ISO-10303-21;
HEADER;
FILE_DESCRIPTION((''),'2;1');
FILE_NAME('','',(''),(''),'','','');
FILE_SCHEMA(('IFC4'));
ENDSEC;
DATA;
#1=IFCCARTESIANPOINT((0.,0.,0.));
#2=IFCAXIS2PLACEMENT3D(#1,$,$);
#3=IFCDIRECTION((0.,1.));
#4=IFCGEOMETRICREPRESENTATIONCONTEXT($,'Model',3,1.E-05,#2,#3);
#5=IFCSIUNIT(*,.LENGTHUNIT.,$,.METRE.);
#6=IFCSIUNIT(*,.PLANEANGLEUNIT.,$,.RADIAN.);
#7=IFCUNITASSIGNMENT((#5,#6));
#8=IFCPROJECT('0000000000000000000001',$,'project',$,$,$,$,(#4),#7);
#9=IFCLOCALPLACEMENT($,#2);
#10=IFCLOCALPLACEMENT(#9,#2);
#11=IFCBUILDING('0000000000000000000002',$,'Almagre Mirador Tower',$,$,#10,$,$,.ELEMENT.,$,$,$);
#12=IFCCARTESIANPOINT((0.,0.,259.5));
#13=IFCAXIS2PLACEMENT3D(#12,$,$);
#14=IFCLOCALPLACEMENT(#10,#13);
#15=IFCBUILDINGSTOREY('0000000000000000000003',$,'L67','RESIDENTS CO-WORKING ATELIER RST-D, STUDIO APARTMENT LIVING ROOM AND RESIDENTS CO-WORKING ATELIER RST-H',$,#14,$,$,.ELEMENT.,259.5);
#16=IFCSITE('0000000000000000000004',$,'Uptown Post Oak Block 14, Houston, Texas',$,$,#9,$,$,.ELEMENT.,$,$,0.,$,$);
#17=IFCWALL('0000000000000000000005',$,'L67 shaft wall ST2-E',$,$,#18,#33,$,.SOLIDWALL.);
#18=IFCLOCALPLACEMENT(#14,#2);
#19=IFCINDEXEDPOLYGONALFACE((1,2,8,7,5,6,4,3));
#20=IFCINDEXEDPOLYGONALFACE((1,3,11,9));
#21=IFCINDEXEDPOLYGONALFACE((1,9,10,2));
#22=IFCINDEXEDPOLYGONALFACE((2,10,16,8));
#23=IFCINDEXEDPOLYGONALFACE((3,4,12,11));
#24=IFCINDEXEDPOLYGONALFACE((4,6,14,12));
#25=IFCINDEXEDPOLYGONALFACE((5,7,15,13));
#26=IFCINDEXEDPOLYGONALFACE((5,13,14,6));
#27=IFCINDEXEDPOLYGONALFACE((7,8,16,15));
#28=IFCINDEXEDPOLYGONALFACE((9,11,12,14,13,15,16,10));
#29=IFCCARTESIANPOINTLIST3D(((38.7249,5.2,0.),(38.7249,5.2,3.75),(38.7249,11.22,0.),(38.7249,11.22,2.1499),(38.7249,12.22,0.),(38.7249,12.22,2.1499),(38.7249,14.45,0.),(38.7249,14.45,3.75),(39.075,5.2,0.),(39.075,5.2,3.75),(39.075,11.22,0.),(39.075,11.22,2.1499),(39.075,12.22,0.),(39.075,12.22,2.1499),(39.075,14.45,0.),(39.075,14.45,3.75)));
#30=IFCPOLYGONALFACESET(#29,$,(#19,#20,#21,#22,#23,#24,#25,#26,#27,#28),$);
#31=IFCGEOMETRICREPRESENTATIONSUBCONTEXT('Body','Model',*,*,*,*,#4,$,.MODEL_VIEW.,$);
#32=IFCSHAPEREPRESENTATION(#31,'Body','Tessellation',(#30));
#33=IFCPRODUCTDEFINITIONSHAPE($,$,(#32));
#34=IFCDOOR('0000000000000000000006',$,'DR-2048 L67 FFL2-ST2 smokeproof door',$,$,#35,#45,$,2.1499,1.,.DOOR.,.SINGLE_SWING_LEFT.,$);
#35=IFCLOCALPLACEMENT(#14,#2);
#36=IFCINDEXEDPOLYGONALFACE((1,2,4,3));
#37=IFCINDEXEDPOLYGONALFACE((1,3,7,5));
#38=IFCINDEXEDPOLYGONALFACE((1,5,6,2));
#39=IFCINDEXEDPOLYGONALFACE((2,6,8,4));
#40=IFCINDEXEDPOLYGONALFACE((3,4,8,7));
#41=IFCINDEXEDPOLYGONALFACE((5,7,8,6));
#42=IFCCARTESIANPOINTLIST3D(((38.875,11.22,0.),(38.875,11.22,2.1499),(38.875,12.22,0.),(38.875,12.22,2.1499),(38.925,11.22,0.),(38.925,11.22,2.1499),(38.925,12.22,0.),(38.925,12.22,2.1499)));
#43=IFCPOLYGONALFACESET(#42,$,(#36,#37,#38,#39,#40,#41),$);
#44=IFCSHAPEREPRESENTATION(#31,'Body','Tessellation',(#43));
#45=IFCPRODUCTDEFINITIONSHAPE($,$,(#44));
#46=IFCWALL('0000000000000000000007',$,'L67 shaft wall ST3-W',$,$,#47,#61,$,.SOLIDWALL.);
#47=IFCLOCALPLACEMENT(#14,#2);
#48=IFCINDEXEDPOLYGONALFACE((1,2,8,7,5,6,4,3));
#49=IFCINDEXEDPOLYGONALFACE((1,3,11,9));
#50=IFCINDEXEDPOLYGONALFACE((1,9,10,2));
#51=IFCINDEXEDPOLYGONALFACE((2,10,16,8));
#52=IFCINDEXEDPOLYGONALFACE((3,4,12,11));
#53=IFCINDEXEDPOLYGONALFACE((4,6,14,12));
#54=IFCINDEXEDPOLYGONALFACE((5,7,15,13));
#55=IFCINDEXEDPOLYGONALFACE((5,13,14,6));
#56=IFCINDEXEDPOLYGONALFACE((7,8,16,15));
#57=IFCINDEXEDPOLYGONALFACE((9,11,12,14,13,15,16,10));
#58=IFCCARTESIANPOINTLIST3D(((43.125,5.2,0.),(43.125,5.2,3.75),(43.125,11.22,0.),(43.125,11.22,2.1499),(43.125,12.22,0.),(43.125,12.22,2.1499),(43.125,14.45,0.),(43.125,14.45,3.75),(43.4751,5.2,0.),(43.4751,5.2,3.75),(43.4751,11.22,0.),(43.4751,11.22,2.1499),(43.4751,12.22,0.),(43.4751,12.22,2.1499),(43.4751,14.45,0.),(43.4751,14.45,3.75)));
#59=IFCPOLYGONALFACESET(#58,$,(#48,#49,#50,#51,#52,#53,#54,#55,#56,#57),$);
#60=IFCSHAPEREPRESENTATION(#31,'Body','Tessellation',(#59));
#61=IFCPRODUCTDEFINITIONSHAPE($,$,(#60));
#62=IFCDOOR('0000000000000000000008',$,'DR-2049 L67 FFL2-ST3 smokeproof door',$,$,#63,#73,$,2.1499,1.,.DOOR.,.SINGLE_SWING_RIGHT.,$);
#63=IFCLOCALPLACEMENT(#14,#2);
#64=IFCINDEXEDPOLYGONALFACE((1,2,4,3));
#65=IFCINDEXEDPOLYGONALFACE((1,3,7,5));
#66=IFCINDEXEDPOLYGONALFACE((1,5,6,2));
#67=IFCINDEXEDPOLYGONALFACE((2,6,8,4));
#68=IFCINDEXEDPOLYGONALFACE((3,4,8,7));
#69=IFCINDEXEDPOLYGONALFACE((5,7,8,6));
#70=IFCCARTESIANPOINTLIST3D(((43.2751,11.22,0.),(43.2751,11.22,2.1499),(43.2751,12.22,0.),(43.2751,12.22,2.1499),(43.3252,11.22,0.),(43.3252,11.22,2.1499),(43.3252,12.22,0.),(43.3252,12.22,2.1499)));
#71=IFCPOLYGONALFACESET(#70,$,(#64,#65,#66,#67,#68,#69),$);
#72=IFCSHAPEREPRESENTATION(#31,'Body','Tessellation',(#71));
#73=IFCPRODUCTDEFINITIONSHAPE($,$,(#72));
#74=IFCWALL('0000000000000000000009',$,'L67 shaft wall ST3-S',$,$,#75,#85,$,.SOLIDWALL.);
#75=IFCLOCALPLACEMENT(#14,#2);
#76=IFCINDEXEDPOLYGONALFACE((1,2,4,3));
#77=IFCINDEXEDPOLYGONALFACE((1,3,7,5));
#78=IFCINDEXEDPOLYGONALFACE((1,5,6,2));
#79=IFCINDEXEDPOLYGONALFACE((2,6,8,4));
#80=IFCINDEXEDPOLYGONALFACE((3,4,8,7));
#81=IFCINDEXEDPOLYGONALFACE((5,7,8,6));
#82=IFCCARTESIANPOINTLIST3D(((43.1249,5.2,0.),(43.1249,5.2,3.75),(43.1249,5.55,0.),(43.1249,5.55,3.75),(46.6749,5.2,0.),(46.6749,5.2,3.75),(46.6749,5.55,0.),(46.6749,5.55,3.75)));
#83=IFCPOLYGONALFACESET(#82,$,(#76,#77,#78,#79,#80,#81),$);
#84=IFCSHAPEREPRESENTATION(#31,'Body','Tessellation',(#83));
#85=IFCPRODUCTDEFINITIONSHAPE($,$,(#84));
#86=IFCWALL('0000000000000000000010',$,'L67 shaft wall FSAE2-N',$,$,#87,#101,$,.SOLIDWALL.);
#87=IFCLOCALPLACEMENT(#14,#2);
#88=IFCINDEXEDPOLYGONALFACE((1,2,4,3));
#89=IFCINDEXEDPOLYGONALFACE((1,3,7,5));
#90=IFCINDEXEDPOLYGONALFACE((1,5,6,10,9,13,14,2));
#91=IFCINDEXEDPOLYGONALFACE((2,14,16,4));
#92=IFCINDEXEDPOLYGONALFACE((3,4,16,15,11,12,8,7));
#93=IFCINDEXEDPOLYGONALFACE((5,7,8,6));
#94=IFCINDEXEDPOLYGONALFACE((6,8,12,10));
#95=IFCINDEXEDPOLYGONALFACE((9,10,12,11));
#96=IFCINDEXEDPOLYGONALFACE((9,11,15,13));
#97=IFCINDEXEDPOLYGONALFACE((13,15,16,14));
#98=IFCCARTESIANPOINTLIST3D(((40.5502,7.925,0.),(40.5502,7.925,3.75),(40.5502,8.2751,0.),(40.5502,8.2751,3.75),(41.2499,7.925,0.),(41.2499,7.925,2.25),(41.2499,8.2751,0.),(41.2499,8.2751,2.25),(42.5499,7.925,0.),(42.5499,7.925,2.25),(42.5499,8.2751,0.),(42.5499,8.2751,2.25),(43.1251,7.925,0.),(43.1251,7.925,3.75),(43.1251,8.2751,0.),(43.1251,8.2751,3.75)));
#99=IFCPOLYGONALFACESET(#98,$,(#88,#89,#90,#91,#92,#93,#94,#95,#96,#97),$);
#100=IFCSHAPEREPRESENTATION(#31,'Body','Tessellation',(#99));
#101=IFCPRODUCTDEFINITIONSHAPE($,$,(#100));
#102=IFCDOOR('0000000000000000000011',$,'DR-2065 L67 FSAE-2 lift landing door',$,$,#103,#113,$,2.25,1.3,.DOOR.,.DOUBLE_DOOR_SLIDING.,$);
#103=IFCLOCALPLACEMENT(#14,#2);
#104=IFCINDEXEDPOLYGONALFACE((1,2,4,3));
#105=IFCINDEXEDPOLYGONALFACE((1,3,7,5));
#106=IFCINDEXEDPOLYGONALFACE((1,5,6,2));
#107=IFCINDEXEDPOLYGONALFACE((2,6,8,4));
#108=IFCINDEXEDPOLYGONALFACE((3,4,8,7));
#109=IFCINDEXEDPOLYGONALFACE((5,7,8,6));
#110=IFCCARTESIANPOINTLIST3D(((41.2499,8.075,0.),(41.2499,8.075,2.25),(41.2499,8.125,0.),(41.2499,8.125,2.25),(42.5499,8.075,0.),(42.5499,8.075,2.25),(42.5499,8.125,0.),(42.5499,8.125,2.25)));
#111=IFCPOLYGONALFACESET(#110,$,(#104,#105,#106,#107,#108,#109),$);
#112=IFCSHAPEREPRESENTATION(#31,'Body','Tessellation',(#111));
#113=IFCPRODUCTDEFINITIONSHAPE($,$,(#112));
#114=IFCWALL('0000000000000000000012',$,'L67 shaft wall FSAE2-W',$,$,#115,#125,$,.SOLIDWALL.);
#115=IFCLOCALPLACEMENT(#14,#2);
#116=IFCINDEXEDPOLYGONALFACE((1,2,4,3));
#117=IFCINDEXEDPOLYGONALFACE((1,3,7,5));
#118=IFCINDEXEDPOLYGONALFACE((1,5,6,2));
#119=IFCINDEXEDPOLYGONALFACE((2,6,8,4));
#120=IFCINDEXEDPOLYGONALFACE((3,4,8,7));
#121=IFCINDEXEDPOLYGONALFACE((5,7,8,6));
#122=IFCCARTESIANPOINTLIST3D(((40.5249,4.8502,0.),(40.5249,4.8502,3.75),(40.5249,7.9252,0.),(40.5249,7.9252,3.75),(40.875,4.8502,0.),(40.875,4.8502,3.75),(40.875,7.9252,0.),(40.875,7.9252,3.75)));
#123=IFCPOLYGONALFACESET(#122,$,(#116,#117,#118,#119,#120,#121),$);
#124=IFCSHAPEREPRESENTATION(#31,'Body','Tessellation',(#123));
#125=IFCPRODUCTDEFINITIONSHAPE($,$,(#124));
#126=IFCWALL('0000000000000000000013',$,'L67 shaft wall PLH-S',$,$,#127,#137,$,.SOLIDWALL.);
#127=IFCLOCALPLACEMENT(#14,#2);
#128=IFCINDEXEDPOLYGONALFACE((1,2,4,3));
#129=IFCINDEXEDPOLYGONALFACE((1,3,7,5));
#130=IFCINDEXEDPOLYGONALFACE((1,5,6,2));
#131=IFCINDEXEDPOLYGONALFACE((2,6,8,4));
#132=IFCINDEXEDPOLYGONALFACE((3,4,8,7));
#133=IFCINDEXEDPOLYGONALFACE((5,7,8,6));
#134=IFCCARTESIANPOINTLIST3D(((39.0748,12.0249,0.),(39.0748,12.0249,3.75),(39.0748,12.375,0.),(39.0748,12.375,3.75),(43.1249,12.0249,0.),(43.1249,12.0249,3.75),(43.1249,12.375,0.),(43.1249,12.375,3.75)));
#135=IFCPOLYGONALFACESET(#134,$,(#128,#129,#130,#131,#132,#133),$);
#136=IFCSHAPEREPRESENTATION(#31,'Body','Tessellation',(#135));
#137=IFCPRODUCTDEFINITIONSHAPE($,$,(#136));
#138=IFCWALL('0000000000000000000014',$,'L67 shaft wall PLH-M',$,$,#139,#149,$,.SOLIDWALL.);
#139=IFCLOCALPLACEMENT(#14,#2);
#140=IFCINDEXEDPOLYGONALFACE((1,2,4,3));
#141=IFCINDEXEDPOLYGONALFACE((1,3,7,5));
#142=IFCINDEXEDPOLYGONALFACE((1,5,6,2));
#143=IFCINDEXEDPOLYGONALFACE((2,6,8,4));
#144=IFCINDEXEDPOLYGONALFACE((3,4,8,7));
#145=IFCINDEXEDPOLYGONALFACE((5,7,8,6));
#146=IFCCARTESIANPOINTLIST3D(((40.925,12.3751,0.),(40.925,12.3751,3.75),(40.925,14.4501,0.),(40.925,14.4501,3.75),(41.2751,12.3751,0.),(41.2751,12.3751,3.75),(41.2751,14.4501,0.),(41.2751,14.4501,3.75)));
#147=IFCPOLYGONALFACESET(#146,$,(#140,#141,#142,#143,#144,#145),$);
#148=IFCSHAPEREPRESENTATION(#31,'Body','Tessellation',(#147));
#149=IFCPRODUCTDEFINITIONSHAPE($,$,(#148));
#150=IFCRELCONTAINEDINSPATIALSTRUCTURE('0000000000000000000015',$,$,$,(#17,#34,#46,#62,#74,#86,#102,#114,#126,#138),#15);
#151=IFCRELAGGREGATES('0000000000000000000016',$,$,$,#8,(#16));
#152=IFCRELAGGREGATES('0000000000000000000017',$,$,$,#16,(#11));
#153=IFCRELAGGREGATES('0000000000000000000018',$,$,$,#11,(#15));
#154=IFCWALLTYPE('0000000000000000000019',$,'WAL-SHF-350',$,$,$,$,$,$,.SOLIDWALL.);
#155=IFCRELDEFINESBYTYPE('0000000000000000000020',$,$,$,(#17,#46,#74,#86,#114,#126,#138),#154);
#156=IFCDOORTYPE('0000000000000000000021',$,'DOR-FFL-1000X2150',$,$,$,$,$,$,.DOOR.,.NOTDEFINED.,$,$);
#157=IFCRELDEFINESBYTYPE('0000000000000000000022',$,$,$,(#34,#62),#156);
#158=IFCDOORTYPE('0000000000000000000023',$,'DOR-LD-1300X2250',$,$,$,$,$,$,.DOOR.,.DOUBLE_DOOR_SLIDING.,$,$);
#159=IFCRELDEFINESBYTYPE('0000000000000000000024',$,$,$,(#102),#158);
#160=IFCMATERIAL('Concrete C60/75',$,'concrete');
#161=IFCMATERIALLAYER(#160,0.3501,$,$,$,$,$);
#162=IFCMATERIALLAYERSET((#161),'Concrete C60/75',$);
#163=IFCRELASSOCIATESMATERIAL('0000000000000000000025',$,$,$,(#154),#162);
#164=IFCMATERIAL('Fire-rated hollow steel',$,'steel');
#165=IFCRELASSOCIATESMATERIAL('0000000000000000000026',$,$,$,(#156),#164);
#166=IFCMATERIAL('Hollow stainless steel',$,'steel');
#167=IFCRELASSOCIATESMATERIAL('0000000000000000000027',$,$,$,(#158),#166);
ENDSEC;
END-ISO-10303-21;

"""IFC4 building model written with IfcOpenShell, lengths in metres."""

from ifc_helpers import new_model, si_unit, direction, frame, frame_2d, origin, place, context, subcontext, project, spatial, rectangle, extrude, material, layer, layer_set, type_object, element, fill, save


model = new_model("IFC4")

# Units and contexts
model_context = context("Model", 3, precision=1e-05, world=origin(), true_north=direction((0.0, 1.0)))
body_context = subcontext(model_context, "Body", "Model", "MODEL_VIEW")
ifc_project = project(units=[si_unit("LENGTHUNIT", "METRE"), si_unit("PLANEANGLEUNIT", "RADIAN")], contexts=[model_context])

# Site, building, storey
site_placement = place(None, origin())
site = spatial("IfcSite", under=ifc_project, at=site_placement, Name="Uptown Post Oak Block 14, Houston, Texas", CompositionType="ELEMENT", RefElevation=0.0)
building_placement = place(site_placement, origin())
building = spatial("IfcBuilding", under=site, at=building_placement, Name="Almagre Mirador Tower", CompositionType="ELEMENT")
storey_placement = place(building_placement, frame((0.0, 0.0, 259.5)))
storey = spatial("IfcBuildingStorey", under=building, at=storey_placement, Name="L67", Description="RESIDENTS CO-WORKING ATELIER RST-D, STUDIO APARTMENT LIVING ROOM AND RESIDENTS CO-WORKING ATELIER RST-H", CompositionType="ELEMENT", Elevation=259.5)

# Walls, openings, doors
ifc_material_1 = material(Name="Concrete C60/75", Category="concrete")
ifc_layer_1 = layer(ifc_material_1, 0.3501)
ifc_layer_set_1 = layer_set([ifc_layer_1], Name="Concrete C60/75")
wall_type_1 = type_object("IfcWallType", Name="WAL-SHF-350", PredefinedType="SOLIDWALL", material=ifc_layer_set_1)
wall_1_placement = place(storey_placement, frame((38.8999, 5.2, 0.0), z_axis=(0.0, 0.0, 1.0), x_axis=(0.0, 1.0, 0.0)))
wall_1 = element("IfcWall", 1, at=wall_1_placement, inside=storey, type_object=wall_type_1, Name="L67 shaft wall ST2-E", PredefinedType="SOLIDWALL", context=body_context, shape_type="SweptSolid", body=[
    extrude(rectangle(XDim=9.25, YDim=0.3501, at=frame_2d((4.625, 0.0))), origin(), (0.0, 0.0, 1.0), 3.75),
])
opening_1_placement = place(wall_1_placement, frame((6.02, 0.0, 0.0)))
opening_1 = element("IfcOpeningElement", 2, at=opening_1_placement, cuts=wall_1, PredefinedType="OPENING", context=body_context, shape_type="SweptSolid", body=[
    extrude(rectangle(XDim=1.0, YDim=2.1499, at=frame_2d((0.5, 1.075))), frame((0.0, 0.185, 0.0), z_axis=(0.0, -1.0, 0.0), x_axis=(1.0, 0.0, 0.0)), (0.0, 0.0, 1.0), 0.3701),
])
ifc_material_2 = material(Name="Fire-rated hollow steel", Category="steel")
door_type_1 = type_object("IfcDoorType", Name="DOR-FFL-1000X2150", OperationType="NOTDEFINED", PredefinedType="DOOR", material=ifc_material_2)
door_1_placement = place(opening_1_placement, origin())
door_1 = element("IfcDoor", 3, at=door_1_placement, inside=storey, type_object=door_type_1, Name="DR-2048 L67 FFL2-ST2 smokeproof door", OperationType="SINGLE_SWING_LEFT", OverallHeight=2.1499, OverallWidth=1.0, PredefinedType="DOOR", context=body_context, shape_type="SweptSolid", body=[
    extrude(rectangle(XDim=1.0, YDim=2.1499, at=frame_2d((0.5, 1.075))), frame((0.0, 0.0249, 0.0), z_axis=(0.0, -1.0, 0.0), x_axis=(1.0, 0.0, 0.0)), (0.0, 0.0, 1.0), 0.05),
])
fill(opening_1, door_1)
wall_2_placement = place(storey_placement, frame((43.3, 5.2, 0.0), z_axis=(0.0, 0.0, 1.0), x_axis=(0.0, 1.0, 0.0)))
wall_2 = element("IfcWall", 4, at=wall_2_placement, inside=storey, type_object=wall_type_1, Name="L67 shaft wall ST3-W", PredefinedType="SOLIDWALL", context=body_context, shape_type="SweptSolid", body=[
    extrude(rectangle(XDim=9.25, YDim=0.3501, at=frame_2d((4.625, 0.0))), origin(), (0.0, 0.0, 1.0), 3.75),
])
opening_2_placement = place(wall_2_placement, frame((6.02, 0.0, 0.0)))
opening_2 = element("IfcOpeningElement", 5, at=opening_2_placement, cuts=wall_2, PredefinedType="OPENING", context=body_context, shape_type="SweptSolid", body=[
    extrude(rectangle(XDim=1.0, YDim=2.1499, at=frame_2d((0.5, 1.075))), frame((0.0, 0.185, 0.0), z_axis=(0.0, -1.0, 0.0), x_axis=(1.0, 0.0, 0.0)), (0.0, 0.0, 1.0), 0.3701),
])
door_2_placement = place(opening_2_placement, origin())
door_2 = element("IfcDoor", 6, at=door_2_placement, inside=storey, type_object=door_type_1, Name="DR-2049 L67 FFL2-ST3 smokeproof door", OperationType="SINGLE_SWING_RIGHT", OverallHeight=2.1499, OverallWidth=1.0, PredefinedType="DOOR", context=body_context, shape_type="SweptSolid", body=[
    extrude(rectangle(XDim=1.0, YDim=2.1499, at=frame_2d((0.5, 1.075))), frame((0.0, 0.0249, 0.0), z_axis=(0.0, -1.0, 0.0), x_axis=(1.0, 0.0, 0.0)), (0.0, 0.0, 1.0), 0.05),
])
fill(opening_2, door_2)

# Wall
wall_3_placement = place(storey_placement, frame((43.125, 5.375, 0.0), z_axis=(0.0, 0.0, 1.0), x_axis=(1.0, 0.0, 0.0)))
element("IfcWall", 7, at=wall_3_placement, inside=storey, type_object=wall_type_1, Name="L67 shaft wall ST3-S", PredefinedType="SOLIDWALL", context=body_context, shape_type="SweptSolid", body=[
    extrude(rectangle(XDim=3.55, YDim=0.3501, at=frame_2d((1.7749, 0.0))), origin(), (0.0, 0.0, 1.0), 3.75),
])

# Wall, opening, door
wall_4_placement = place(storey_placement, frame((40.55, 8.1001, 0.0), z_axis=(0.0, 0.0, 1.0), x_axis=(1.0, 0.0, 0.0)))
wall_4 = element("IfcWall", 8, at=wall_4_placement, inside=storey, type_object=wall_type_1, Name="L67 shaft wall FSAE2-N", PredefinedType="SOLIDWALL", context=body_context, shape_type="SweptSolid", body=[
    extrude(rectangle(XDim=2.575, YDim=0.3501, at=frame_2d((1.2876, 0.0))), origin(), (0.0, 0.0, 1.0), 3.75),
])
opening_3_placement = place(wall_4_placement, frame((0.7, 0.0, 0.0)))
opening_3 = element("IfcOpeningElement", 9, at=opening_3_placement, cuts=wall_4, PredefinedType="OPENING", context=body_context, shape_type="SweptSolid", body=[
    extrude(rectangle(XDim=1.3, YDim=2.25, at=frame_2d((0.6499, 1.125))), frame((0.0, 0.185, 0.0), z_axis=(0.0, -1.0, 0.0), x_axis=(1.0, 0.0, 0.0)), (0.0, 0.0, 1.0), 0.3701),
])
ifc_material_3 = material(Name="Hollow stainless steel", Category="steel")
door_type_2 = type_object("IfcDoorType", Name="DOR-LD-1300X2250", OperationType="DOUBLE_DOOR_SLIDING", PredefinedType="DOOR", material=ifc_material_3)
door_3_placement = place(opening_3_placement, origin())
door_3 = element("IfcDoor", 10, at=door_3_placement, inside=storey, type_object=door_type_2, Name="DR-2065 L67 FSAE-2 lift landing door", OperationType="DOUBLE_DOOR_SLIDING", OverallHeight=2.25, OverallWidth=1.3, PredefinedType="DOOR", context=body_context, shape_type="SweptSolid", body=[
    extrude(rectangle(XDim=1.3, YDim=2.25, at=frame_2d((0.6499, 1.125))), frame((0.0, 0.0249, 0.0), z_axis=(0.0, -1.0, 0.0), x_axis=(1.0, 0.0, 0.0)), (0.0, 0.0, 1.0), 0.05),
])
fill(opening_3, door_3)

# Walls
wall_5_placement = place(storey_placement, frame((40.7, 4.8501, 0.0), z_axis=(0.0, 0.0, 1.0), x_axis=(0.0, 1.0, 0.0)))
element("IfcWall", 11, at=wall_5_placement, inside=storey, type_object=wall_type_1, Name="L67 shaft wall FSAE2-W", PredefinedType="SOLIDWALL", context=body_context, shape_type="SweptSolid", body=[
    extrude(rectangle(XDim=3.075, YDim=0.3501, at=frame_2d((1.5376, 0.0))), origin(), (0.0, 0.0, 1.0), 3.75),
])
wall_6_placement = place(storey_placement, frame((39.075, 12.2, 0.0), z_axis=(0.0, 0.0, 1.0), x_axis=(1.0, 0.0, 0.0)))
element("IfcWall", 12, at=wall_6_placement, inside=storey, type_object=wall_type_1, Name="L67 shaft wall PLH-S", PredefinedType="SOLIDWALL", context=body_context, shape_type="SweptSolid", body=[
    extrude(rectangle(XDim=4.05, YDim=0.3501, at=frame_2d((2.0249, 0.0))), origin(), (0.0, 0.0, 1.0), 3.75),
])
wall_7_placement = place(storey_placement, frame((41.1001, 12.375, 0.0), z_axis=(0.0, 0.0, 1.0), x_axis=(0.0, 1.0, 0.0)))
element("IfcWall", 13, at=wall_7_placement, inside=storey, type_object=wall_type_1, Name="L67 shaft wall PLH-M", PredefinedType="SOLIDWALL", context=body_context, shape_type="SweptSolid", body=[
    extrude(rectangle(XDim=2.075, YDim=0.3501, at=frame_2d((1.0376, 0.0))), origin(), (0.0, 0.0, 1.0), 3.75),
])

save(model, "model.ifc")
